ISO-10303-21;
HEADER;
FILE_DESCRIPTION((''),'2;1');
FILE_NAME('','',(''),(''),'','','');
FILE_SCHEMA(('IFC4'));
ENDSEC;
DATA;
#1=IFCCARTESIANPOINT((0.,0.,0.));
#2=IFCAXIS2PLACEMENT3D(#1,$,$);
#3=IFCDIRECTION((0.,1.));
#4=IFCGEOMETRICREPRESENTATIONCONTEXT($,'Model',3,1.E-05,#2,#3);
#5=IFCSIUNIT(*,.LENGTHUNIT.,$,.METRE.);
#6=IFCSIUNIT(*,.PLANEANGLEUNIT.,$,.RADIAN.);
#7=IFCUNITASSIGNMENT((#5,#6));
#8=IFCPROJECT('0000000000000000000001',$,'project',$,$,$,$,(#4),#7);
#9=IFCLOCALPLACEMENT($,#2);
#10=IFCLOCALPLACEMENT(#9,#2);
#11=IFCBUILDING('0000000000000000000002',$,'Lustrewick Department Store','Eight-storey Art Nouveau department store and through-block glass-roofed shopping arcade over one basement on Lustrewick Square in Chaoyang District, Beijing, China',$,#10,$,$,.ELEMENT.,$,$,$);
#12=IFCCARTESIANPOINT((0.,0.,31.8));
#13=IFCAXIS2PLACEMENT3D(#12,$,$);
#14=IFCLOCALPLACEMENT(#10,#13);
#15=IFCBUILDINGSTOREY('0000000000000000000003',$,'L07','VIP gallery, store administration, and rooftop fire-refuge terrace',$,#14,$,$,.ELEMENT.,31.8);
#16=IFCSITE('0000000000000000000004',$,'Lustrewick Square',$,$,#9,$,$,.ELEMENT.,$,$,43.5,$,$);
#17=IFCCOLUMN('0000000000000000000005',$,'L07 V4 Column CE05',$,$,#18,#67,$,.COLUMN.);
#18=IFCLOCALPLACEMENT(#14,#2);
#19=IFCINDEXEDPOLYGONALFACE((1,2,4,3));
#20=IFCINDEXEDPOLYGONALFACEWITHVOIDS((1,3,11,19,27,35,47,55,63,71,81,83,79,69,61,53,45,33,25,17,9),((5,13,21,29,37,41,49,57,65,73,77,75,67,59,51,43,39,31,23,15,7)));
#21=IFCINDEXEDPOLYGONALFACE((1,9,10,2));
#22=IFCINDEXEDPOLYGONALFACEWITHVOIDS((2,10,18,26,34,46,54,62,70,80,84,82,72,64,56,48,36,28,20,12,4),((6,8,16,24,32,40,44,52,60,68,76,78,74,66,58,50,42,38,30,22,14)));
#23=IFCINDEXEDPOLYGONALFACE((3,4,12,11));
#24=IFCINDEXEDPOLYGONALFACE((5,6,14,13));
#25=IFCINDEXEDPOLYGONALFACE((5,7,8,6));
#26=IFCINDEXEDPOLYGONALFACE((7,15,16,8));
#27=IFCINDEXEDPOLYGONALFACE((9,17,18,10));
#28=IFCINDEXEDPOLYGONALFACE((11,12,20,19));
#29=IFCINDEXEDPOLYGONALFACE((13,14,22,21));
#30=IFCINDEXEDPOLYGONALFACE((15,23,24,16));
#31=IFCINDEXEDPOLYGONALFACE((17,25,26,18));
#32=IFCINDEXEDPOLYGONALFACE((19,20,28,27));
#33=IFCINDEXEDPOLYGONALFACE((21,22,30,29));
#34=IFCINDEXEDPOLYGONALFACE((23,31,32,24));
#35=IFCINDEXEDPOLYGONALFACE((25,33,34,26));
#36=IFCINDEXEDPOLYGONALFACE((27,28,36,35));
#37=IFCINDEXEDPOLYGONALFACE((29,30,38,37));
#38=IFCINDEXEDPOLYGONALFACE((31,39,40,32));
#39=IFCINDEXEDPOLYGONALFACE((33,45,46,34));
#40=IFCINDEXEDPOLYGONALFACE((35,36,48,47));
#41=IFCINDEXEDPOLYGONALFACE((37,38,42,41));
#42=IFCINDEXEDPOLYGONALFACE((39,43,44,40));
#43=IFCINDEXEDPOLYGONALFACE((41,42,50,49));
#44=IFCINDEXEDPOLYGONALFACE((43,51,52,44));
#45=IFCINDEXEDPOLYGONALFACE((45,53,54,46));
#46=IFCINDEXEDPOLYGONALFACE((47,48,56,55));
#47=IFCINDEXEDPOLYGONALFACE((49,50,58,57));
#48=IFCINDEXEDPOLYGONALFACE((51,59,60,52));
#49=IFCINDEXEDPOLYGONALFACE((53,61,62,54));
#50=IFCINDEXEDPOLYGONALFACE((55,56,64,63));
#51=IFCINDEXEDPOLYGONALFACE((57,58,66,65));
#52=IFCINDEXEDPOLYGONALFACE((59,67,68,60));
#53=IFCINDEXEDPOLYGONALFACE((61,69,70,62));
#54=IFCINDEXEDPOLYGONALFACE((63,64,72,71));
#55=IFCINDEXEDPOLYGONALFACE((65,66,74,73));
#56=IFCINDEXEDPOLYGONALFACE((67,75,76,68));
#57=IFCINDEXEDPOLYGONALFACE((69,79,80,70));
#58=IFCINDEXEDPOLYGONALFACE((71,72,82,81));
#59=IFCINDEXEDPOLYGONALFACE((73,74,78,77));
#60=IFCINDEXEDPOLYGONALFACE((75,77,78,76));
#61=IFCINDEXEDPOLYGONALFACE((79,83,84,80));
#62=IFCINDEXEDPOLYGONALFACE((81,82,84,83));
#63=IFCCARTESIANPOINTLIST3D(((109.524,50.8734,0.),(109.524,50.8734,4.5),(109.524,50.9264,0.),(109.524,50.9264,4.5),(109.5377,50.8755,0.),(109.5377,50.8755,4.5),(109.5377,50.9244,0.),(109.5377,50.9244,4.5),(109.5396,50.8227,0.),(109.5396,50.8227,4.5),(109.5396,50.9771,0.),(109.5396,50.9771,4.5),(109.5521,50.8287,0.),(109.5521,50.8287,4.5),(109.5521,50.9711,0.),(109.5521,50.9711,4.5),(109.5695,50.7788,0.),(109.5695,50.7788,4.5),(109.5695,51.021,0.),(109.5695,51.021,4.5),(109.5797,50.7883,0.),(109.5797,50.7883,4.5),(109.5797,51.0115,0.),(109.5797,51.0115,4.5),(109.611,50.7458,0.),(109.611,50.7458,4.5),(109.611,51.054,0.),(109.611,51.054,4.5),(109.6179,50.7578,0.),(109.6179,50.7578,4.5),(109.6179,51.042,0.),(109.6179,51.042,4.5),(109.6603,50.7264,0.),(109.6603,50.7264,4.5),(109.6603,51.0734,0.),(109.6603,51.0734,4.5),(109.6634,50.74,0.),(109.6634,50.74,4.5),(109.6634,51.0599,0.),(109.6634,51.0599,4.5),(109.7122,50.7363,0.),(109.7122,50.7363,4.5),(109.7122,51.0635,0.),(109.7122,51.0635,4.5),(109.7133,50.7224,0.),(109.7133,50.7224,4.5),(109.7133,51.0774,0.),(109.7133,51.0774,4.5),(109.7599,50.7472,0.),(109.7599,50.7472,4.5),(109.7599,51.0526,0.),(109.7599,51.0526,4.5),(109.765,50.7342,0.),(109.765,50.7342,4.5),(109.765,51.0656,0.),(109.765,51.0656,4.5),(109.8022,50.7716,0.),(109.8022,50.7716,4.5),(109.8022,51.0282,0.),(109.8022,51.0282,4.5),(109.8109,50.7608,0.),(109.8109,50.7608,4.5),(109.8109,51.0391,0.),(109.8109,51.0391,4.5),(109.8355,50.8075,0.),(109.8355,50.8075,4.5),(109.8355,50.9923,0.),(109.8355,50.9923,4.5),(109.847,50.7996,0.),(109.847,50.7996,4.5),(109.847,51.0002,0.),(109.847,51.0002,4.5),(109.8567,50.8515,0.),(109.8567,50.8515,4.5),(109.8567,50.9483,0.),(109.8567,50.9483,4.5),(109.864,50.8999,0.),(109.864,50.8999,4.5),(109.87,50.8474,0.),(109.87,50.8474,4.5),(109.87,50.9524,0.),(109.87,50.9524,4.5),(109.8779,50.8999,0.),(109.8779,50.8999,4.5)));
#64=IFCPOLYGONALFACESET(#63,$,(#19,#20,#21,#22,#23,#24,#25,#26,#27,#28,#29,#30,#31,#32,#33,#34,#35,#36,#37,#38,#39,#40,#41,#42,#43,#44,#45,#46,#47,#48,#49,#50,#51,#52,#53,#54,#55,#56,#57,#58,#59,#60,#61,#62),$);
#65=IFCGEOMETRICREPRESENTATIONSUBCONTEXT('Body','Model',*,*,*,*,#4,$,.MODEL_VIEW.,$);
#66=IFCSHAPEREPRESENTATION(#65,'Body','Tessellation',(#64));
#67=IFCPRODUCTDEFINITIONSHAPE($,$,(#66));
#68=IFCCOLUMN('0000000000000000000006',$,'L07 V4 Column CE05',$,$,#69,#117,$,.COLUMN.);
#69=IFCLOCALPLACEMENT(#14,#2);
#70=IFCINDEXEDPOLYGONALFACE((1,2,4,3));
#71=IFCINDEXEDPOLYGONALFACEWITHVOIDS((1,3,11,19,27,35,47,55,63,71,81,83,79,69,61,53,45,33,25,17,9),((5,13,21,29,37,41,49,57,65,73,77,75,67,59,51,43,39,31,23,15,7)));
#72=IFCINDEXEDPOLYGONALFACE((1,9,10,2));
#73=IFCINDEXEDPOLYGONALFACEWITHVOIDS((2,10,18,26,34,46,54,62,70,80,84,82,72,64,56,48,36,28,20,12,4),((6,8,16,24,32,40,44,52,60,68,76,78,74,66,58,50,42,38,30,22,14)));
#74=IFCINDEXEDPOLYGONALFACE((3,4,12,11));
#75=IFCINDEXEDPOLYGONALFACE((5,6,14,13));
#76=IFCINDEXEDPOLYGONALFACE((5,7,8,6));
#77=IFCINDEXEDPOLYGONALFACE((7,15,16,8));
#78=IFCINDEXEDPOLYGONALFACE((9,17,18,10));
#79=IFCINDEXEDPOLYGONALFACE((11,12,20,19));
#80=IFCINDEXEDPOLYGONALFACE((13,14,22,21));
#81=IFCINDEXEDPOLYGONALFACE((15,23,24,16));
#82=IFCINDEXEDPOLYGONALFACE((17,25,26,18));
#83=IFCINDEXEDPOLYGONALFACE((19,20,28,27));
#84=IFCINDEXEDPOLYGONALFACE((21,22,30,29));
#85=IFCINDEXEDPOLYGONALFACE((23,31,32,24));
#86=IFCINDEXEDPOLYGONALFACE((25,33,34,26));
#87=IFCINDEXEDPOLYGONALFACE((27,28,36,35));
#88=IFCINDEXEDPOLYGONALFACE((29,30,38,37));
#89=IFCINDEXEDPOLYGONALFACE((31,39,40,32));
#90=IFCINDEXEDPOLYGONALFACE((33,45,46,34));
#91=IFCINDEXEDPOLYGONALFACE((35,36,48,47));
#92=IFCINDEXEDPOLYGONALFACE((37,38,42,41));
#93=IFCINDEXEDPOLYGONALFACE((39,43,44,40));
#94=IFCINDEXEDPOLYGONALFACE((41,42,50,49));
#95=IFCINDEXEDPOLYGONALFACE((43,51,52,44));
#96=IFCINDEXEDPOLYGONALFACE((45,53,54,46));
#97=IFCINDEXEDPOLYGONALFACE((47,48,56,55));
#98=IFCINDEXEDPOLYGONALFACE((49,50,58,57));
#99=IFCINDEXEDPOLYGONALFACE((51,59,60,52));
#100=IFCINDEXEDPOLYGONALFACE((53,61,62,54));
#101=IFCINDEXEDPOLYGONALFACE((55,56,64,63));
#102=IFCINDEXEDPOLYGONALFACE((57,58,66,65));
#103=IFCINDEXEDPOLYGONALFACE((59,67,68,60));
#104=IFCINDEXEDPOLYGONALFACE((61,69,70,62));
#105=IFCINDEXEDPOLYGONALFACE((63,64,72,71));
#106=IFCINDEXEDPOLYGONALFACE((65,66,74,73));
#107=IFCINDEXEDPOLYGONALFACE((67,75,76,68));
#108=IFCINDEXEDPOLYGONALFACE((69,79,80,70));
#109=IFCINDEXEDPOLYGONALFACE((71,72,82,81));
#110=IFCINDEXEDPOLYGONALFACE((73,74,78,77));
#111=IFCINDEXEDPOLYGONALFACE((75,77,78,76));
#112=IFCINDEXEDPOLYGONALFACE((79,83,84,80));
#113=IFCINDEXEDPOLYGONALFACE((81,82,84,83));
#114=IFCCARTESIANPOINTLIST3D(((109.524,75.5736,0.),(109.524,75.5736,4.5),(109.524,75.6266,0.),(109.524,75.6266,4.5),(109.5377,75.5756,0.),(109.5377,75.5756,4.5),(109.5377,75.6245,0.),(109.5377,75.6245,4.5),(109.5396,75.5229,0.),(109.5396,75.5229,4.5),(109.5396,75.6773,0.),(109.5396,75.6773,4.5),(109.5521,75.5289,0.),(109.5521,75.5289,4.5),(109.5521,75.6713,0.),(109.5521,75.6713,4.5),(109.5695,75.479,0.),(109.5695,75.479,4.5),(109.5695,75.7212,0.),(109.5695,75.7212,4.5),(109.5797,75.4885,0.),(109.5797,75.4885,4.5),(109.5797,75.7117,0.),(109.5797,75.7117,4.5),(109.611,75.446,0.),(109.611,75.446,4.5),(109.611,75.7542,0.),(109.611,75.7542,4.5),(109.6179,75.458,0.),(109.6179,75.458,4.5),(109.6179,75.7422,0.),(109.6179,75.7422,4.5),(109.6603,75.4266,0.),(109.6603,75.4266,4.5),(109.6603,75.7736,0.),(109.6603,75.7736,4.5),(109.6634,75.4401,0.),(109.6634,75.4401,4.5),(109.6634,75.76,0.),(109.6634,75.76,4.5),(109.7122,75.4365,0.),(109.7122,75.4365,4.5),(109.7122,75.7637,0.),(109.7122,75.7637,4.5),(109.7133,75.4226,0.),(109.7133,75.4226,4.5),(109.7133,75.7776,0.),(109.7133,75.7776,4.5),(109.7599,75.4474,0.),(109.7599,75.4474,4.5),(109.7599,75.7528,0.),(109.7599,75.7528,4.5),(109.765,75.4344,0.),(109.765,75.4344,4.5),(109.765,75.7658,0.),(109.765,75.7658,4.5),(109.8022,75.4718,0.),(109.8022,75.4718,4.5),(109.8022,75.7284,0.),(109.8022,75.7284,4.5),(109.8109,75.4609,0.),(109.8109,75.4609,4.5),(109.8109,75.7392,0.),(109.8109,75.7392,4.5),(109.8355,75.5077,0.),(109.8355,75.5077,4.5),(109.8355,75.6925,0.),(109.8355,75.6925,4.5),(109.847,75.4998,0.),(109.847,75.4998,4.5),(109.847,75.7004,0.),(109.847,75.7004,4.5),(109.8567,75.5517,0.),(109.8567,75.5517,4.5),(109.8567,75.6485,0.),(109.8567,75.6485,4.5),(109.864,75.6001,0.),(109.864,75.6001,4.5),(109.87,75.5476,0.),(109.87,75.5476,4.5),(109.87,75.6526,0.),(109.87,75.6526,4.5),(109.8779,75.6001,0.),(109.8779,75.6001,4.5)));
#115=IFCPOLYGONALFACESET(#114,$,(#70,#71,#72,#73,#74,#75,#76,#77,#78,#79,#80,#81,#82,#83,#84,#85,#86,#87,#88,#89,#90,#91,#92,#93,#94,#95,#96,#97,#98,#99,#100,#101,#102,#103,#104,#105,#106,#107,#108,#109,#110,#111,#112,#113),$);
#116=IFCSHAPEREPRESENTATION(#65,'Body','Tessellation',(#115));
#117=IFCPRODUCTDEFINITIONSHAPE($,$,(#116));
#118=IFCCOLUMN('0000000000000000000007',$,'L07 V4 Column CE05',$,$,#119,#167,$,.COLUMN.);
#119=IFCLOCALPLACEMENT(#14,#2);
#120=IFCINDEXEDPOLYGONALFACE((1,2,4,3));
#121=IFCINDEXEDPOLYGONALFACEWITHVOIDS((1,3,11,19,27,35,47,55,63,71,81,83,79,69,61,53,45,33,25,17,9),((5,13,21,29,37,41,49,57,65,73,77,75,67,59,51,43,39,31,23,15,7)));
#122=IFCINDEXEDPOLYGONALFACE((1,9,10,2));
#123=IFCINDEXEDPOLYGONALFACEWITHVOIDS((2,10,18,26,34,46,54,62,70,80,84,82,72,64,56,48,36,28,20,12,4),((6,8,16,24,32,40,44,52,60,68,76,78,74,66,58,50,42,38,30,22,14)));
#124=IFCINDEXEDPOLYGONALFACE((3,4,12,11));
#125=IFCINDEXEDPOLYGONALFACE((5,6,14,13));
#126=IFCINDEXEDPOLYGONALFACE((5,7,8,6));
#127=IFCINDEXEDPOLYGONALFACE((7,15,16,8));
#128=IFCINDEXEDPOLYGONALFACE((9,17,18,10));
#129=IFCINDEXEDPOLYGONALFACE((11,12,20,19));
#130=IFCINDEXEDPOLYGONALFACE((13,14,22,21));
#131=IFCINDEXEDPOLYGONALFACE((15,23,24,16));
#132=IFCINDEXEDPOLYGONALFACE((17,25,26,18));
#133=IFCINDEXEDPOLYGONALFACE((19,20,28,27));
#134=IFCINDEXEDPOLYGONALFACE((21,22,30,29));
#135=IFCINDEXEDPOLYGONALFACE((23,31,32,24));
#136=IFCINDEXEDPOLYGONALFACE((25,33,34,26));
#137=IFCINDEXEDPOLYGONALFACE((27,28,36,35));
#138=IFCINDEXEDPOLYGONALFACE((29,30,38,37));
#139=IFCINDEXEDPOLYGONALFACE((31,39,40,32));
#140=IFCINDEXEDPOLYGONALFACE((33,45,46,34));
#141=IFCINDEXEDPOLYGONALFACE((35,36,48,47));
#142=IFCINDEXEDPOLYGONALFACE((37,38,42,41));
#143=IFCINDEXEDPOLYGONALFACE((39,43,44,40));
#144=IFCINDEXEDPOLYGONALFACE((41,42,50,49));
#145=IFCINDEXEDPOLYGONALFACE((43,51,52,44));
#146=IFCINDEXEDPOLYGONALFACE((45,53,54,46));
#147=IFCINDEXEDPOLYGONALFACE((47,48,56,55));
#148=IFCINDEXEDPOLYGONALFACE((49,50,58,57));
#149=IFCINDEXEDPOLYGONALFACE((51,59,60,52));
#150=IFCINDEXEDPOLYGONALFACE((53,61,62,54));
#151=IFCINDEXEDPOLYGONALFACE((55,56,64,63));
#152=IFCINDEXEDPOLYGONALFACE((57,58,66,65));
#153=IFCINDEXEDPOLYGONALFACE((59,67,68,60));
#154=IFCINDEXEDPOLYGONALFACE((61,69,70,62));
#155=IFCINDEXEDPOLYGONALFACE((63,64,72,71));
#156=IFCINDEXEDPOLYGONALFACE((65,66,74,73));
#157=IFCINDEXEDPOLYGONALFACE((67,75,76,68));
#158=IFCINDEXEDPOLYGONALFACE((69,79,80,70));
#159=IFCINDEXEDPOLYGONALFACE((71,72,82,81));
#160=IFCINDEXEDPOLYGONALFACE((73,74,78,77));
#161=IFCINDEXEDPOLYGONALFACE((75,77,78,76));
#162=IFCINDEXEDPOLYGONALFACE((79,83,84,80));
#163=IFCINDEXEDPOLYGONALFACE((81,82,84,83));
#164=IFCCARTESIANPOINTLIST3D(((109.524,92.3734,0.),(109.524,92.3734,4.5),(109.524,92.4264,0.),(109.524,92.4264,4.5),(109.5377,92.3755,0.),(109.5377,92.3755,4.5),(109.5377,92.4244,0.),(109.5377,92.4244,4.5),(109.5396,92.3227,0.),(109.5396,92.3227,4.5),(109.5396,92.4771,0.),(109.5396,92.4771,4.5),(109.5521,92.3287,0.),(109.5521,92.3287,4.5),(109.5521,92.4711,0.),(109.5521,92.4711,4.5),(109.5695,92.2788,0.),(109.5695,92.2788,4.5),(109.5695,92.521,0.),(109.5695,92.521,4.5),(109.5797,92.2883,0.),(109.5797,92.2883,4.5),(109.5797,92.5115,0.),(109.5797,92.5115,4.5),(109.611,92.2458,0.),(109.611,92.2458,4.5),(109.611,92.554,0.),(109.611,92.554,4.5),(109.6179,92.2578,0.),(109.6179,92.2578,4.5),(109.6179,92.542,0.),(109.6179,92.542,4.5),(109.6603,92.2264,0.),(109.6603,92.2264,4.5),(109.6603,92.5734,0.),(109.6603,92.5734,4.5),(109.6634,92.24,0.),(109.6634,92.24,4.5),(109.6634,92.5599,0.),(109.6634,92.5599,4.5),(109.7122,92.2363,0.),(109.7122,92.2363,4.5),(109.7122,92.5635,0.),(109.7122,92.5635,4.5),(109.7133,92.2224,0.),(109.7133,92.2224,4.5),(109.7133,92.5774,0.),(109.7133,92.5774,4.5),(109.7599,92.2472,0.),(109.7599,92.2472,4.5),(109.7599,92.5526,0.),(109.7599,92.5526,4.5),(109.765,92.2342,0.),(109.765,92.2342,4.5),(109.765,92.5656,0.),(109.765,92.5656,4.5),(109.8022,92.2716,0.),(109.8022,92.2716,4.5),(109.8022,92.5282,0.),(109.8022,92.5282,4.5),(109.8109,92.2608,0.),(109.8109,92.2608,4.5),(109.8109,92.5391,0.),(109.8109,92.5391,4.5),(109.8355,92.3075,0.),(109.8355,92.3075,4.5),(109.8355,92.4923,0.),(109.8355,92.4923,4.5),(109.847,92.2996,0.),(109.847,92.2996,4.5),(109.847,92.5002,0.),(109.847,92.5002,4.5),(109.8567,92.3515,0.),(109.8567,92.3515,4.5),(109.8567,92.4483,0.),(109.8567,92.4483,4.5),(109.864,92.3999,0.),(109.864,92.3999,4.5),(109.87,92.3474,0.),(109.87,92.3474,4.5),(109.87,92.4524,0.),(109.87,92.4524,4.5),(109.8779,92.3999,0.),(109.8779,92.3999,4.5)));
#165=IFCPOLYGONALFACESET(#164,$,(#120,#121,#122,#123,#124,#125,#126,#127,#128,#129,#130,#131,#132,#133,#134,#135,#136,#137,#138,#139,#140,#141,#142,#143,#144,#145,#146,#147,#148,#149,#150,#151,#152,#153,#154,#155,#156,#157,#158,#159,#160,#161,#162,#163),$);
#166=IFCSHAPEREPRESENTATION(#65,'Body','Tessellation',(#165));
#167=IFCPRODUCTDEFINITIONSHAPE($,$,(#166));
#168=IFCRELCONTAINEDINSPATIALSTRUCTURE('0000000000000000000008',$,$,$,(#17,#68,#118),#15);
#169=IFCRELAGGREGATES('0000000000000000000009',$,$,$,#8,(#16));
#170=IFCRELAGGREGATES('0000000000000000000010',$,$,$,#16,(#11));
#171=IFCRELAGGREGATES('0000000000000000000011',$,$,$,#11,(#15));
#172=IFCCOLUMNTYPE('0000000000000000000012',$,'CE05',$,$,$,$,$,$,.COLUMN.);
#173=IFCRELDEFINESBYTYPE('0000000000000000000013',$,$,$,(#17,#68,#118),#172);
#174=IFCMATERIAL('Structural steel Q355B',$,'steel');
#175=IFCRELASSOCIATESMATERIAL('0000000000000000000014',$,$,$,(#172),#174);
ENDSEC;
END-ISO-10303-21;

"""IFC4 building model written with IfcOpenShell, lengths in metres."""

from ifc_helpers import new_model, si_unit, direction, frame, origin, origin_2d, place, context, subcontext, project, spatial, hollow_circle, extrude, material, material_profile, profile_set, type_object, element, save


model = new_model("IFC4")

# Units and contexts
model_context = context("Model", 3, precision=1e-05, world=origin(), true_north=direction((0.0, 1.0)))
body_context = subcontext(model_context, "Body", "Model", "MODEL_VIEW")
ifc_project = project(units=[si_unit("LENGTHUNIT", "METRE"), si_unit("PLANEANGLEUNIT", "RADIAN")], contexts=[model_context])

# Site, building, storey
site_placement = place(None, origin())
site = spatial("IfcSite", under=ifc_project, at=site_placement, Name="Lustrewick Square", CompositionType="ELEMENT", RefElevation=43.5)
building_placement = place(site_placement, origin())
building = spatial("IfcBuilding", under=site, at=building_placement, Name="Lustrewick Department Store", Description="Eight-storey Art Nouveau department store and through-block glass-roofed shopping arcade over one basement on Lustrewick Square in Chaoyang District, Beijing, China", CompositionType="ELEMENT")
storey_placement = place(building_placement, frame((0.0, 0.0, 31.8)))
storey = spatial("IfcBuildingStorey", under=building, at=storey_placement, Name="L07", Description="VIP gallery, store administration, and rooftop fire-refuge terrace", CompositionType="ELEMENT", Elevation=31.8)

# Columns
ifc_material_1 = material(Name="Structural steel Q355B", Category="steel")
ifc_material_profile_1 = material_profile(ifc_material_1, hollow_circle(Radius=0.178, WallThickness=0.0139, at=origin_2d()), Name="CHS 356x14")
ifc_profile_set_1 = profile_set([ifc_material_profile_1], Name="Structural steel Q355B")
column_type_1 = type_object("IfcColumnType", Name="CE05", PredefinedType="COLUMN", material=ifc_profile_set_1)
for number, where, z_axis, x_axis, name in (
    (1, (109.7, 50.8999, 0.0), (0.0, 0.0, 1.0), (1.0, 0.0, 0.0), "L07 V4 Column CE05"),
    (2, (109.7, 75.6001, 0.0), (0.0, 0.0, 1.0), (1.0, 0.0, 0.0), "L07 V4 Column CE05"),
    (3, (109.7, 92.3999, 0.0), (0.0, 0.0, 1.0), (1.0, 0.0, 0.0), "L07 V4 Column CE05"),
):
    element("IfcColumn", number, at=place(storey_placement, frame(where, z_axis=z_axis, x_axis=x_axis)), inside=storey, type_object=column_type_1, Name=name, PredefinedType="COLUMN", context=body_context, shape_type="SweptSolid", body=[
        extrude(hollow_circle(Radius=0.178, WallThickness=0.0139, at=origin_2d()), origin(), (0.0, 0.0, 1.0), 4.5),
    ])

save(model, "model.ifc")
